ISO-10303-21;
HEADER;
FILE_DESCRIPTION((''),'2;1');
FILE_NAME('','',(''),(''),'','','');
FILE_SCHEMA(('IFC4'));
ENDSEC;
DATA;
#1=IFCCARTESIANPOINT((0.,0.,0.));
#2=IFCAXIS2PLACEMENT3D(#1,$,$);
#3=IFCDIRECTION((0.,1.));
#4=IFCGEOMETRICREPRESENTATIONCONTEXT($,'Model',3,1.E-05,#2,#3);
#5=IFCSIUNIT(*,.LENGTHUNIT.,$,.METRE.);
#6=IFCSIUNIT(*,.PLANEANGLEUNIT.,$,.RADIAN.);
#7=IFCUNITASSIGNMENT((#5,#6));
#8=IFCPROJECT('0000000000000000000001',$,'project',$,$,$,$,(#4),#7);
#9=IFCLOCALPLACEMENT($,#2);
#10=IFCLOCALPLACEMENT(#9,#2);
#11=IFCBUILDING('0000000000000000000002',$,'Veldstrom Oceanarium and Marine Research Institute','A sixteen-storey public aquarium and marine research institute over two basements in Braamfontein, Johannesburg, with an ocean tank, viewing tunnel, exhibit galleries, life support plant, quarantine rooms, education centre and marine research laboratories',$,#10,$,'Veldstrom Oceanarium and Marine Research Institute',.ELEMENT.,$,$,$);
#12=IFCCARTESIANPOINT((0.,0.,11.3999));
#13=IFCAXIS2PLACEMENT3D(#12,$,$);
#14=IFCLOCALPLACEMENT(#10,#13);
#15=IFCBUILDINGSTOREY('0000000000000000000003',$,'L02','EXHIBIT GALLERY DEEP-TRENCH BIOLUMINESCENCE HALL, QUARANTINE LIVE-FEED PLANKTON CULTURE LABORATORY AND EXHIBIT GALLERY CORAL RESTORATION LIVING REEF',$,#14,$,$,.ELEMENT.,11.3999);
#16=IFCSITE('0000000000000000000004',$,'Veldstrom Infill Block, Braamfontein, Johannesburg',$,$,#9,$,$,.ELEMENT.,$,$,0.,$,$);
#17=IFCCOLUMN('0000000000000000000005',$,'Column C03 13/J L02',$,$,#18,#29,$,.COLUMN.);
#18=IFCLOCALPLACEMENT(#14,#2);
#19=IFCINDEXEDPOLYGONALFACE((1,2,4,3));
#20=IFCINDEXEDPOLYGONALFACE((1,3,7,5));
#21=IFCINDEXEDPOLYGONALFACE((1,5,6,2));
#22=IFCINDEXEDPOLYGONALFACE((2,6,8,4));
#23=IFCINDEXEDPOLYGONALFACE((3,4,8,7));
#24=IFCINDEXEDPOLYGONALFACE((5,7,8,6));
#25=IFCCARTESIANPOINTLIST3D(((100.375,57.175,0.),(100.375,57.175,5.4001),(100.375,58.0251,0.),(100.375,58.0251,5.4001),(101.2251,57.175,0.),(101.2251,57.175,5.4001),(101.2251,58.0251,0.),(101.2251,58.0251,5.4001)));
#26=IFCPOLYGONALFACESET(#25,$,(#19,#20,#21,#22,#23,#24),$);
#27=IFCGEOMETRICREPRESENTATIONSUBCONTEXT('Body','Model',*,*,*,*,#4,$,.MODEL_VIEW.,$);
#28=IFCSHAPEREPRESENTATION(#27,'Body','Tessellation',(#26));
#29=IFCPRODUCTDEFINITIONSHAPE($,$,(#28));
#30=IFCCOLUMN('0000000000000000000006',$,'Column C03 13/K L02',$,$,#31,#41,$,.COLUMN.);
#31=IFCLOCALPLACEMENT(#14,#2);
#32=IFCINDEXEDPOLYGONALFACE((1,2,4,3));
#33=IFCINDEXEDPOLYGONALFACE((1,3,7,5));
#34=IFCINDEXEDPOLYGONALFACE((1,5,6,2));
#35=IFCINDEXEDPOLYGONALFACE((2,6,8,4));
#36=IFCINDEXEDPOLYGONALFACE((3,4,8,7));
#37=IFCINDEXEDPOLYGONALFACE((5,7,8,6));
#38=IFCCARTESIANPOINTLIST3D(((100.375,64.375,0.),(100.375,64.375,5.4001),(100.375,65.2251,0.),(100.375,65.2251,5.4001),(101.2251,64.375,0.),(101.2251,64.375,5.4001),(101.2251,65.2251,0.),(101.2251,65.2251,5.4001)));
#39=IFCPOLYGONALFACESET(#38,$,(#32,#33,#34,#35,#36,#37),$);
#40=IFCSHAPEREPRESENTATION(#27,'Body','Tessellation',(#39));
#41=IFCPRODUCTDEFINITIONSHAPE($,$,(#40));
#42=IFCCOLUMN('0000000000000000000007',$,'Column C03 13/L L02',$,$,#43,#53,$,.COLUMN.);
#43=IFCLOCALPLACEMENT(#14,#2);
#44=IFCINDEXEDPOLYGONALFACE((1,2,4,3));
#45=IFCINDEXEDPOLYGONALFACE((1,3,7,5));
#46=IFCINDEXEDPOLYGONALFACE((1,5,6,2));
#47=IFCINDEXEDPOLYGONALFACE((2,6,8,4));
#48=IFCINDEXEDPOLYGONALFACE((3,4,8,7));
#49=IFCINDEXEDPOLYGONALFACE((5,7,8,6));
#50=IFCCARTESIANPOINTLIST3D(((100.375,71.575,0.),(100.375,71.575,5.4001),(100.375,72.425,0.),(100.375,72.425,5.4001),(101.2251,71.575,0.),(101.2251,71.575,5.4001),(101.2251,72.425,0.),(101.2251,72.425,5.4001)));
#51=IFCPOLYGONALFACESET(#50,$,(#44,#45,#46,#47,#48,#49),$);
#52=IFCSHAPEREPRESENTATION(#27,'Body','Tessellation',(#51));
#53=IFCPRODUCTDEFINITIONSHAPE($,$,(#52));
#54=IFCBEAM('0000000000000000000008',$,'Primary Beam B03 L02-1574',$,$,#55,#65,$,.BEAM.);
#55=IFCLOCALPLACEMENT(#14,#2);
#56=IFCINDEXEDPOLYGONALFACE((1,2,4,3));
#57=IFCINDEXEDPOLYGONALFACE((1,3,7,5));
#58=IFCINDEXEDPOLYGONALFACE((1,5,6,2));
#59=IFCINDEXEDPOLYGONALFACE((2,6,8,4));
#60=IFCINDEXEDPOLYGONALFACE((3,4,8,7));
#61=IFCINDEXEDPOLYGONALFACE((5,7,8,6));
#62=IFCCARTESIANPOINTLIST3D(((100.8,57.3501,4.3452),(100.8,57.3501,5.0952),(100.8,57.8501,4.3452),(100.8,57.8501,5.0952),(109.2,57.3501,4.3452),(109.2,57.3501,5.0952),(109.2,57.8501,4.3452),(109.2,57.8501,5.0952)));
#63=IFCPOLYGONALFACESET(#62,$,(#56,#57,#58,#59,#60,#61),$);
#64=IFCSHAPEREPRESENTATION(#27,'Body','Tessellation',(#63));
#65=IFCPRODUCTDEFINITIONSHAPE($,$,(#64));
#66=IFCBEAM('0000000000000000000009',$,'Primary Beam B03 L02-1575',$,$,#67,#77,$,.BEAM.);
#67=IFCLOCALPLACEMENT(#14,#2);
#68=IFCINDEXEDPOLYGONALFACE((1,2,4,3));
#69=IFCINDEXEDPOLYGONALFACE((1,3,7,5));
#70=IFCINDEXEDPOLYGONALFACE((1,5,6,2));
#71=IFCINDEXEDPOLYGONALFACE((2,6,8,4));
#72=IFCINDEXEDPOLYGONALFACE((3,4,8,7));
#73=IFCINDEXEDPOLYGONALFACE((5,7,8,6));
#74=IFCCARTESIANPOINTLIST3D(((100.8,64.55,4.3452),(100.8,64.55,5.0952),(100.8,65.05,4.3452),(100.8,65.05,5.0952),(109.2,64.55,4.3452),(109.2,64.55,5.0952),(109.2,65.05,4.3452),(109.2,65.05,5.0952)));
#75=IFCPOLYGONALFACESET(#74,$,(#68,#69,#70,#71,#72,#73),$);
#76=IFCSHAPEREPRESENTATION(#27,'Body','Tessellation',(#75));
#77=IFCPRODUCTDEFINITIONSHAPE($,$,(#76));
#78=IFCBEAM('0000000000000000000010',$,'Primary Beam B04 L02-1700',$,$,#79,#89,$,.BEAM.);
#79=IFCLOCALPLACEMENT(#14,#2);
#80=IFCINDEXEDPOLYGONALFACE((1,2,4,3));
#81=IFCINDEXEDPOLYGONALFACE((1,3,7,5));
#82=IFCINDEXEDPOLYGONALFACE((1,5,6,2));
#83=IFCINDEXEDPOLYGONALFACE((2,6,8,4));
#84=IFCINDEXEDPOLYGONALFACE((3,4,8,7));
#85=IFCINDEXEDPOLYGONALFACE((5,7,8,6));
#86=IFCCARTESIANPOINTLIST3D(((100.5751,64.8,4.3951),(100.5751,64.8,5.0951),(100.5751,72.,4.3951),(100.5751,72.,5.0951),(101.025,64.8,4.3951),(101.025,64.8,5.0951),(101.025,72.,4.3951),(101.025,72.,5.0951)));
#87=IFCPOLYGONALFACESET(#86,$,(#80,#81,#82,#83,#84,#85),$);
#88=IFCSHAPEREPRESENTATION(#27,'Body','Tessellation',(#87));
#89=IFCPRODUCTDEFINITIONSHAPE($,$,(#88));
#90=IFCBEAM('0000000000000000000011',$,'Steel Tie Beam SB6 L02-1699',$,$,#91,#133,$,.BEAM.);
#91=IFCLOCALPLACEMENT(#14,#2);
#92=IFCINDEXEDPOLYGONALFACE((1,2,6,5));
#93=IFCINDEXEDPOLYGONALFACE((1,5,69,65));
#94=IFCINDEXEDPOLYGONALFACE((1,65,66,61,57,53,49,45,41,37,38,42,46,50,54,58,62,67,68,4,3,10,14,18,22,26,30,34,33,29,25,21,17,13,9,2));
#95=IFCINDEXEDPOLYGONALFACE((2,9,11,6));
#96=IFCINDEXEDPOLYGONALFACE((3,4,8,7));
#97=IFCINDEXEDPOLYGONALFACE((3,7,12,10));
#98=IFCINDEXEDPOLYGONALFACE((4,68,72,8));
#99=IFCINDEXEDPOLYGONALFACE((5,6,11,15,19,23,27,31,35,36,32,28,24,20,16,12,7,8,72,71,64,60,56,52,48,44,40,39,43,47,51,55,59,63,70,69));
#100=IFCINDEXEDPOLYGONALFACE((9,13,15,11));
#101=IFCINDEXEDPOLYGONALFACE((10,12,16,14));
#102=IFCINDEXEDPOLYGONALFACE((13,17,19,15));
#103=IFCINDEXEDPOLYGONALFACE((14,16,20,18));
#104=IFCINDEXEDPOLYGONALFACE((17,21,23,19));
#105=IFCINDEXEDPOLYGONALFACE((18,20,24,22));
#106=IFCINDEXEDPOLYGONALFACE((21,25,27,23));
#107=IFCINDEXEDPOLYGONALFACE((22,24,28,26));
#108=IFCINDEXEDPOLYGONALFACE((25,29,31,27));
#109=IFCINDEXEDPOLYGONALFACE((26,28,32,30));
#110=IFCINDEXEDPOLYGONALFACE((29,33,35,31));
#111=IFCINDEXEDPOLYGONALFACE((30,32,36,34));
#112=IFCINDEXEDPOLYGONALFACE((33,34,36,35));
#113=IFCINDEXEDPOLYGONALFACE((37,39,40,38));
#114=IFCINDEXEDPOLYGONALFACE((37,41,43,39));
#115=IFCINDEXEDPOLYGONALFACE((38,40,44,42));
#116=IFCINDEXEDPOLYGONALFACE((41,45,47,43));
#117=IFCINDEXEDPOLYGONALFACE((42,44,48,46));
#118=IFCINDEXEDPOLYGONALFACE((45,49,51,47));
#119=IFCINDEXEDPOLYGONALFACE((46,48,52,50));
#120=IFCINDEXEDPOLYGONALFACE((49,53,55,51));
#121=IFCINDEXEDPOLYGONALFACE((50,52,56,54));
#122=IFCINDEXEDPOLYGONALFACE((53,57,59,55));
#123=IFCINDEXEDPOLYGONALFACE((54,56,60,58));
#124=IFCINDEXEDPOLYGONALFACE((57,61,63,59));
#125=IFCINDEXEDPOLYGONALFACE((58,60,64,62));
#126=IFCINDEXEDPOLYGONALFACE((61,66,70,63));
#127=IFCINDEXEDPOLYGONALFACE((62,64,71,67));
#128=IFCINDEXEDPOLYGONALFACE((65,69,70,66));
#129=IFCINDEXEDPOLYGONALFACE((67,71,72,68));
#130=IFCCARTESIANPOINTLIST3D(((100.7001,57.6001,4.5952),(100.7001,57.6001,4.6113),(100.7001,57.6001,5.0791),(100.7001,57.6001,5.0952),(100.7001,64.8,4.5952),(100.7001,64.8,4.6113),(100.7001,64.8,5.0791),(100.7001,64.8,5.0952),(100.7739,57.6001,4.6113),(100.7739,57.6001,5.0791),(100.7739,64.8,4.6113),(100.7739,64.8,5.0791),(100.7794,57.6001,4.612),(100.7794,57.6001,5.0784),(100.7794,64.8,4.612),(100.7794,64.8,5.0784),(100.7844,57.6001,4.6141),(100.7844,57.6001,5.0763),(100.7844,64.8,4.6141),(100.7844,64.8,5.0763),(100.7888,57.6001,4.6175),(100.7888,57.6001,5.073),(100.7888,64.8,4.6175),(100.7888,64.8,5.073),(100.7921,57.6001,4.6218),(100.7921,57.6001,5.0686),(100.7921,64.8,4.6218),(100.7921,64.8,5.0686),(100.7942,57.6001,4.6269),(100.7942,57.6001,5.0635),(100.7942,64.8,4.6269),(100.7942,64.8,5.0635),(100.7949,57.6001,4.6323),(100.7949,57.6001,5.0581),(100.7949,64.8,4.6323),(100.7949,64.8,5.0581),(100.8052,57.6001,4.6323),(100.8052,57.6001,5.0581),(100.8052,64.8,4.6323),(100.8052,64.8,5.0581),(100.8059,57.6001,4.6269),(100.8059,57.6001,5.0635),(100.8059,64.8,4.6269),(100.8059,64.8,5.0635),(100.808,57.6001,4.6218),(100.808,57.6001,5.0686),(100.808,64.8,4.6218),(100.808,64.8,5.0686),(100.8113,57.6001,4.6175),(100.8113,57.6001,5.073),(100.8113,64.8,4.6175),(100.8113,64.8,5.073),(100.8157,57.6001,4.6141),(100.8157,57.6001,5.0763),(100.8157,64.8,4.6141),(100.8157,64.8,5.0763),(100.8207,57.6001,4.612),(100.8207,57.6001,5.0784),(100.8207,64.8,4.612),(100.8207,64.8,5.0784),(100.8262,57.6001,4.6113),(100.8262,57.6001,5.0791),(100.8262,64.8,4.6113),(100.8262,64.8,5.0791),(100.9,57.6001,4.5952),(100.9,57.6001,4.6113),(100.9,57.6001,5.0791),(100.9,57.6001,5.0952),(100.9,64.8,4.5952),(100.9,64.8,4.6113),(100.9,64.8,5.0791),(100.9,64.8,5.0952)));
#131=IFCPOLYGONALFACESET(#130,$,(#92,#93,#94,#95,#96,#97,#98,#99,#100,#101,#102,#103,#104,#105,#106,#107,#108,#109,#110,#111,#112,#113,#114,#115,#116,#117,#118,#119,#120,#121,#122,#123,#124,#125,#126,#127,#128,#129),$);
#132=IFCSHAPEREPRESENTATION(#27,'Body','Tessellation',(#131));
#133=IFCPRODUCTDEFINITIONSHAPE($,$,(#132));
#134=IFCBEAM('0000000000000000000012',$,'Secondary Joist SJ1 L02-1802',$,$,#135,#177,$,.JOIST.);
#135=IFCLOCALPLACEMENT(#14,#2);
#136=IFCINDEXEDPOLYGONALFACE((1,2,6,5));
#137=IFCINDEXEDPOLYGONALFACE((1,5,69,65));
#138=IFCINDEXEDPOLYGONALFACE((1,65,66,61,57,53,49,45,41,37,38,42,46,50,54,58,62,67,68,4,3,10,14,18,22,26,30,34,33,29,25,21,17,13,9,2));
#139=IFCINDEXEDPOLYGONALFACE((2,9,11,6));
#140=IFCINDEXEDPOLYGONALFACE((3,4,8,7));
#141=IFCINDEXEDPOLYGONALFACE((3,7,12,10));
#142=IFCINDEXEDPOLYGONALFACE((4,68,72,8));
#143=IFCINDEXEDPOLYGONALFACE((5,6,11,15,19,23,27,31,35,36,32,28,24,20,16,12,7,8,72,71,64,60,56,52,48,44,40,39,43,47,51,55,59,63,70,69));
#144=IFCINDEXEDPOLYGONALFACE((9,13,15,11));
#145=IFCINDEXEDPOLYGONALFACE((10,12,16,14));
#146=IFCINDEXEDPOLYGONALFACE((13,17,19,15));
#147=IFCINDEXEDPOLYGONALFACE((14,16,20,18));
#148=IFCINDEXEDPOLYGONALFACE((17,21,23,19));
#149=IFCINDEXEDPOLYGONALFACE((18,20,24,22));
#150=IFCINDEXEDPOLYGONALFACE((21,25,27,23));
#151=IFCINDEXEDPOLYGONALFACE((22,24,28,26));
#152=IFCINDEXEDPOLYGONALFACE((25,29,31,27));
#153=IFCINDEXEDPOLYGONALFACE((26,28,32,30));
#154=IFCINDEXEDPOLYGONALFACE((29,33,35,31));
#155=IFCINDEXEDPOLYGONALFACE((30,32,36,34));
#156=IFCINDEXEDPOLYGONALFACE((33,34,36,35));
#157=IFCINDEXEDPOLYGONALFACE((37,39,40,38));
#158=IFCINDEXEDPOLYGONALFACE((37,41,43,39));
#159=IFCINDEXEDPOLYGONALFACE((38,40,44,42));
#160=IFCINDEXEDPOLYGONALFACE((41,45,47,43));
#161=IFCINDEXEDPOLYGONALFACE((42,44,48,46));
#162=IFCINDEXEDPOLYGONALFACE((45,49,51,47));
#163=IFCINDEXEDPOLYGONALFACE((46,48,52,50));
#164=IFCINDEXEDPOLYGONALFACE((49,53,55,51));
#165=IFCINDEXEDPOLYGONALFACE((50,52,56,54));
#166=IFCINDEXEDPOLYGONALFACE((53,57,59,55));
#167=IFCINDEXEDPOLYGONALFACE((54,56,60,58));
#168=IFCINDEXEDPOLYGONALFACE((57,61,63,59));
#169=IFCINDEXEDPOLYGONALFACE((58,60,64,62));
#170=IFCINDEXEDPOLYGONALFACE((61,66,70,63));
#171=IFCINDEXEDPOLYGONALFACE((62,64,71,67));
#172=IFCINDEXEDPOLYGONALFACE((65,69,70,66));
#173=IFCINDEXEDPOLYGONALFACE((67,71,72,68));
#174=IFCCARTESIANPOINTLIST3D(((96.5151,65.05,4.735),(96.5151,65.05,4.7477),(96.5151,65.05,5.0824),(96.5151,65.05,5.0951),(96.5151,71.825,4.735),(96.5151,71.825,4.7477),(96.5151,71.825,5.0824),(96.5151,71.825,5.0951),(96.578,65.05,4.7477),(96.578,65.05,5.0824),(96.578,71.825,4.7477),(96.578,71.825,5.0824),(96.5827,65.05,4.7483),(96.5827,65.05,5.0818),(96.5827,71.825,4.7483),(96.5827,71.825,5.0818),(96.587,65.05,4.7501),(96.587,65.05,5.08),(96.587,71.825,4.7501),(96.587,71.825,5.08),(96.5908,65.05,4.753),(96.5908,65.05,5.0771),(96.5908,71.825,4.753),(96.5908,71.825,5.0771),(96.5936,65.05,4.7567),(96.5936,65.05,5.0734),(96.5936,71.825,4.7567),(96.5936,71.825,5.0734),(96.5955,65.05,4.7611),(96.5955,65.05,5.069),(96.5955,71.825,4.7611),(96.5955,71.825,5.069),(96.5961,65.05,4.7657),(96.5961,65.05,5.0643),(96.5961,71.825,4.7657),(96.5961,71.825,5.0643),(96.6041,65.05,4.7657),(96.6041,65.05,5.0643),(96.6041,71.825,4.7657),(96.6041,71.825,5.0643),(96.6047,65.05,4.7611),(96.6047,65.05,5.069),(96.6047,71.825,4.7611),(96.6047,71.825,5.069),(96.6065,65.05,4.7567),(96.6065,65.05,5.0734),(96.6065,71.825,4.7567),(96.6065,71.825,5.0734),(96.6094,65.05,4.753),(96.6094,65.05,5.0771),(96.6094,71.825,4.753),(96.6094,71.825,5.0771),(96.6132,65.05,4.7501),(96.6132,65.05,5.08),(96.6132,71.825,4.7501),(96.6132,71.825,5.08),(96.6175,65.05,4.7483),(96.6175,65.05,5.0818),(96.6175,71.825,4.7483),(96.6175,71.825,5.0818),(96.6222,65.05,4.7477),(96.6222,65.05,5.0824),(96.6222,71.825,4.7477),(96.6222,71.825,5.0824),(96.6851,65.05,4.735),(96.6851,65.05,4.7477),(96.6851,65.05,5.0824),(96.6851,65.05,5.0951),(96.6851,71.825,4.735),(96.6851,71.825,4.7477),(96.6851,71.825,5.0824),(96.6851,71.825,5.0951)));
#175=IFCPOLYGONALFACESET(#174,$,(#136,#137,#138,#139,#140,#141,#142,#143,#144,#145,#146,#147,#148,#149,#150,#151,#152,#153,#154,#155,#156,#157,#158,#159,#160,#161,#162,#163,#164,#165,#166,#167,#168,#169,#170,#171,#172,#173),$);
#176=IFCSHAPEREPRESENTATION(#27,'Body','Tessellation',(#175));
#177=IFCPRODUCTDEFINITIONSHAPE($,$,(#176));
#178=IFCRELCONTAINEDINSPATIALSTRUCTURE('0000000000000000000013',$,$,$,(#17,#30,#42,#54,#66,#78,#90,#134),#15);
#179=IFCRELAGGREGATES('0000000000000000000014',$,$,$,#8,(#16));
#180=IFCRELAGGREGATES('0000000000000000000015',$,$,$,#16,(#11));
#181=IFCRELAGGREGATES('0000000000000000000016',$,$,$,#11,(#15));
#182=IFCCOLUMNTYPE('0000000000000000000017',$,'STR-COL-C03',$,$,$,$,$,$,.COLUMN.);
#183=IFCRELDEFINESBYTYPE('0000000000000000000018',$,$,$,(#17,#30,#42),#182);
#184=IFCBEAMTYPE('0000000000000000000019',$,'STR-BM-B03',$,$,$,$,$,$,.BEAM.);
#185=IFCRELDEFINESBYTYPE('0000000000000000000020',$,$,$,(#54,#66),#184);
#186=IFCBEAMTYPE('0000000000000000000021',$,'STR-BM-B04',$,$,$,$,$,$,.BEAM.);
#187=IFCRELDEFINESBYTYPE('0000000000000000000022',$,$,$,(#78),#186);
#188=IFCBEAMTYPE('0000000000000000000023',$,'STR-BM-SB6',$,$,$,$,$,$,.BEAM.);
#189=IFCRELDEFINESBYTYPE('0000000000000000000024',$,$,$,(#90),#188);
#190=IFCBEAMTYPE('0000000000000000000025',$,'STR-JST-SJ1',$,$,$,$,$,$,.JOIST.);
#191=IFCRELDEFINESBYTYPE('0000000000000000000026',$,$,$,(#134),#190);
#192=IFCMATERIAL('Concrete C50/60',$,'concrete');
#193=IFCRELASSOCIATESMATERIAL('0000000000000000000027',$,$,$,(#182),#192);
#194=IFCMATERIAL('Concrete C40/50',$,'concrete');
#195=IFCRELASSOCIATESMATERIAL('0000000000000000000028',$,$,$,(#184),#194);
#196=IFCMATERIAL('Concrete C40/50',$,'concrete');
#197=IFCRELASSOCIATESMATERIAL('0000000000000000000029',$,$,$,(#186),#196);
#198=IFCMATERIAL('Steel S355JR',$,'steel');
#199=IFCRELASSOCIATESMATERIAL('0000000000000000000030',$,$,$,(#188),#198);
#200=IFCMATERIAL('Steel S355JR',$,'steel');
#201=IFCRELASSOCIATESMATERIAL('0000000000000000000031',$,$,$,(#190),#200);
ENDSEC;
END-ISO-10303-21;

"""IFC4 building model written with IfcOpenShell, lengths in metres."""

from ifc_helpers import new_model, si_unit, direction, frame, origin, origin_2d, place, context, subcontext, project, spatial, rectangle, i_section, extrude, material, material_profile, profile_set, type_object, element, save


model = new_model("IFC4")

# Units and contexts
model_context = context("Model", 3, precision=1e-05, world=origin(), true_north=direction((0.0, 1.0)))
body_context = subcontext(model_context, "Body", "Model", "MODEL_VIEW")
ifc_project = project(units=[si_unit("LENGTHUNIT", "METRE"), si_unit("PLANEANGLEUNIT", "RADIAN")], contexts=[model_context])

# Site, building, storey
site_placement = place(None, origin())
site = spatial("IfcSite", under=ifc_project, at=site_placement, Name="Veldstrom Infill Block, Braamfontein, Johannesburg", CompositionType="ELEMENT", RefElevation=0.0)
building_placement = place(site_placement, origin())
building = spatial("IfcBuilding", under=site, at=building_placement, Name="Veldstrom Oceanarium and Marine Research Institute", Description="A sixteen-storey public aquarium and marine research institute over two basements in Braamfontein, Johannesburg, with an ocean tank, viewing tunnel, exhibit galleries, life support plant, quarantine rooms, education centre and marine research laboratories", LongName="Veldstrom Oceanarium and Marine Research Institute", CompositionType="ELEMENT")
storey_placement = place(building_placement, frame((0.0, 0.0, 11.3999)))
storey = spatial("IfcBuildingStorey", under=building, at=storey_placement, Name="L02", Description="EXHIBIT GALLERY DEEP-TRENCH BIOLUMINESCENCE HALL, QUARANTINE LIVE-FEED PLANKTON CULTURE LABORATORY AND EXHIBIT GALLERY CORAL RESTORATION LIVING REEF", CompositionType="ELEMENT", Elevation=11.3999)

# Columns
ifc_material_1 = material(Name="Concrete C50/60", Category="concrete")
ifc_material_profile_1 = material_profile(ifc_material_1, rectangle(XDim=0.8501, YDim=0.8501, at=origin_2d()), Name="RC-COL-850x850")
ifc_profile_set_1 = profile_set([ifc_material_profile_1], Name="Concrete C50/60")
column_type = type_object("IfcColumnType", Name="STR-COL-C03", PredefinedType="COLUMN", material=ifc_profile_set_1)
for number, where, z_axis, x_axis, name in (
    (1, (100.8, 57.6001, 0.0), (0.0, 0.0, 1.0), (1.0, 0.0, 0.0), "Column C03 13/J L02"),
    (2, (100.8, 64.8, 0.0), (0.0, 0.0, 1.0), (1.0, 0.0, 0.0), "Column C03 13/K L02"),
    (3, (100.8, 72.0, 0.0), (0.0, 0.0, 1.0), (1.0, 0.0, 0.0), "Column C03 13/L L02"),
):
    element("IfcColumn", number, at=place(storey_placement, frame(where, z_axis=z_axis, x_axis=x_axis)), inside=storey, type_object=column_type, Name=name, PredefinedType="COLUMN", context=body_context, shape_type="SweptSolid", body=[
        extrude(rectangle(XDim=0.8501, YDim=0.8501, at=origin_2d()), origin(), (0.0, 0.0, 1.0), 5.4001),
    ])

# Beams
ifc_material_2 = material(Name="Concrete C40/50", Category="concrete")
ifc_material_profile_2 = material_profile(ifc_material_2, rectangle(XDim=0.5, YDim=0.75, at=origin_2d()), Name="RC-BM-500x750")
ifc_profile_set_2 = profile_set([ifc_material_profile_2], Name="Concrete C40/50")
beam_type_1 = type_object("IfcBeamType", Name="STR-BM-B03", PredefinedType="BEAM", material=ifc_profile_set_2)
for number, where, z_axis, x_axis, name in (
    (4, (100.8, 57.6001, 4.7202), (1.0, 0.0, 0.0), (0.0, 1.0, 0.0), "Primary Beam B03 L02-1574"),
    (5, (100.8, 64.8, 4.7202), (1.0, 0.0, 0.0), (0.0, 1.0, 0.0), "Primary Beam B03 L02-1575"),
):
    element("IfcBeam", number, at=place(storey_placement, frame(where, z_axis=z_axis, x_axis=x_axis)), inside=storey, type_object=beam_type_1, Name=name, PredefinedType="BEAM", context=body_context, shape_type="SweptSolid", body=[
        extrude(rectangle(XDim=0.5, YDim=0.75, at=origin_2d()), origin(), (0.0, 0.0, 1.0), 8.3999),
    ])
ifc_material_3 = material(Name="Concrete C40/50", Category="concrete")
ifc_material_profile_3 = material_profile(ifc_material_3, rectangle(XDim=0.45, YDim=0.7, at=origin_2d()), Name="RC-BM-450x700")
ifc_profile_set_3 = profile_set([ifc_material_profile_3], Name="Concrete C40/50")
beam_type_2 = type_object("IfcBeamType", Name="STR-BM-B04", PredefinedType="BEAM", material=ifc_profile_set_3)
beam_1_placement = place(storey_placement, frame((100.8, 64.8, 4.7451), z_axis=(0.0, 1.0, 0.0), x_axis=(-1.0, 0.0, 0.0)))
element("IfcBeam", 6, at=beam_1_placement, inside=storey, type_object=beam_type_2, Name="Primary Beam B04 L02-1700", PredefinedType="BEAM", context=body_context, shape_type="SweptSolid", body=[
    extrude(rectangle(XDim=0.45, YDim=0.7, at=origin_2d()), origin(), (0.0, 0.0, 1.0), 7.2),
])
ifc_material_4 = material(Name="Steel S355JR", Category="steel")
ifc_material_profile_4 = material_profile(ifc_material_4, i_section(OverallWidth=0.2, OverallDepth=0.5, WebThickness=0.0103, FlangeThickness=0.0161, FilletRadius=0.021, at=origin_2d()), Name="IPE 500")
ifc_profile_set_4 = profile_set([ifc_material_profile_4], Name="Steel S355JR")
beam_type_3 = type_object("IfcBeamType", Name="STR-BM-SB6", PredefinedType="BEAM", material=ifc_profile_set_4)
beam_2_placement = place(storey_placement, frame((100.8, 57.6001, 4.8452), z_axis=(0.0, 1.0, 0.0), x_axis=(-1.0, 0.0, 0.0)))
element("IfcBeam", 7, at=beam_2_placement, inside=storey, type_object=beam_type_3, Name="Steel Tie Beam SB6 L02-1699", PredefinedType="BEAM", context=body_context, shape_type="SweptSolid", body=[
    extrude(i_section(OverallWidth=0.2, OverallDepth=0.5, WebThickness=0.0103, FlangeThickness=0.0161, FilletRadius=0.021, at=origin_2d()), origin(), (0.0, 0.0, 1.0), 7.2),
])
ifc_material_5 = material(Name="Steel S355JR", Category="steel")
ifc_material_profile_5 = material_profile(ifc_material_5, i_section(OverallWidth=0.1699, OverallDepth=0.3601, WebThickness=0.0081, FlangeThickness=0.0127, FilletRadius=0.0181, at=origin_2d()), Name="IPE 360")
ifc_profile_set_5 = profile_set([ifc_material_profile_5], Name="Steel S355JR")
beam_type_4 = type_object("IfcBeamType", Name="STR-JST-SJ1", PredefinedType="JOIST", material=ifc_profile_set_5)
beam_3_placement = place(storey_placement, frame((96.6001, 65.05, 4.915), z_axis=(0.0, 1.0, 0.0), x_axis=(-1.0, 0.0, 0.0)))
element("IfcBeam", 8, at=beam_3_placement, inside=storey, type_object=beam_type_4, Name="Secondary Joist SJ1 L02-1802", PredefinedType="JOIST", context=body_context, shape_type="SweptSolid", body=[
    extrude(i_section(OverallWidth=0.1699, OverallDepth=0.3601, WebThickness=0.0081, FlangeThickness=0.0127, FilletRadius=0.0181, at=origin_2d()), origin(), (0.0, 0.0, 1.0), 6.7749),
])

save(model, "model.ifc")
